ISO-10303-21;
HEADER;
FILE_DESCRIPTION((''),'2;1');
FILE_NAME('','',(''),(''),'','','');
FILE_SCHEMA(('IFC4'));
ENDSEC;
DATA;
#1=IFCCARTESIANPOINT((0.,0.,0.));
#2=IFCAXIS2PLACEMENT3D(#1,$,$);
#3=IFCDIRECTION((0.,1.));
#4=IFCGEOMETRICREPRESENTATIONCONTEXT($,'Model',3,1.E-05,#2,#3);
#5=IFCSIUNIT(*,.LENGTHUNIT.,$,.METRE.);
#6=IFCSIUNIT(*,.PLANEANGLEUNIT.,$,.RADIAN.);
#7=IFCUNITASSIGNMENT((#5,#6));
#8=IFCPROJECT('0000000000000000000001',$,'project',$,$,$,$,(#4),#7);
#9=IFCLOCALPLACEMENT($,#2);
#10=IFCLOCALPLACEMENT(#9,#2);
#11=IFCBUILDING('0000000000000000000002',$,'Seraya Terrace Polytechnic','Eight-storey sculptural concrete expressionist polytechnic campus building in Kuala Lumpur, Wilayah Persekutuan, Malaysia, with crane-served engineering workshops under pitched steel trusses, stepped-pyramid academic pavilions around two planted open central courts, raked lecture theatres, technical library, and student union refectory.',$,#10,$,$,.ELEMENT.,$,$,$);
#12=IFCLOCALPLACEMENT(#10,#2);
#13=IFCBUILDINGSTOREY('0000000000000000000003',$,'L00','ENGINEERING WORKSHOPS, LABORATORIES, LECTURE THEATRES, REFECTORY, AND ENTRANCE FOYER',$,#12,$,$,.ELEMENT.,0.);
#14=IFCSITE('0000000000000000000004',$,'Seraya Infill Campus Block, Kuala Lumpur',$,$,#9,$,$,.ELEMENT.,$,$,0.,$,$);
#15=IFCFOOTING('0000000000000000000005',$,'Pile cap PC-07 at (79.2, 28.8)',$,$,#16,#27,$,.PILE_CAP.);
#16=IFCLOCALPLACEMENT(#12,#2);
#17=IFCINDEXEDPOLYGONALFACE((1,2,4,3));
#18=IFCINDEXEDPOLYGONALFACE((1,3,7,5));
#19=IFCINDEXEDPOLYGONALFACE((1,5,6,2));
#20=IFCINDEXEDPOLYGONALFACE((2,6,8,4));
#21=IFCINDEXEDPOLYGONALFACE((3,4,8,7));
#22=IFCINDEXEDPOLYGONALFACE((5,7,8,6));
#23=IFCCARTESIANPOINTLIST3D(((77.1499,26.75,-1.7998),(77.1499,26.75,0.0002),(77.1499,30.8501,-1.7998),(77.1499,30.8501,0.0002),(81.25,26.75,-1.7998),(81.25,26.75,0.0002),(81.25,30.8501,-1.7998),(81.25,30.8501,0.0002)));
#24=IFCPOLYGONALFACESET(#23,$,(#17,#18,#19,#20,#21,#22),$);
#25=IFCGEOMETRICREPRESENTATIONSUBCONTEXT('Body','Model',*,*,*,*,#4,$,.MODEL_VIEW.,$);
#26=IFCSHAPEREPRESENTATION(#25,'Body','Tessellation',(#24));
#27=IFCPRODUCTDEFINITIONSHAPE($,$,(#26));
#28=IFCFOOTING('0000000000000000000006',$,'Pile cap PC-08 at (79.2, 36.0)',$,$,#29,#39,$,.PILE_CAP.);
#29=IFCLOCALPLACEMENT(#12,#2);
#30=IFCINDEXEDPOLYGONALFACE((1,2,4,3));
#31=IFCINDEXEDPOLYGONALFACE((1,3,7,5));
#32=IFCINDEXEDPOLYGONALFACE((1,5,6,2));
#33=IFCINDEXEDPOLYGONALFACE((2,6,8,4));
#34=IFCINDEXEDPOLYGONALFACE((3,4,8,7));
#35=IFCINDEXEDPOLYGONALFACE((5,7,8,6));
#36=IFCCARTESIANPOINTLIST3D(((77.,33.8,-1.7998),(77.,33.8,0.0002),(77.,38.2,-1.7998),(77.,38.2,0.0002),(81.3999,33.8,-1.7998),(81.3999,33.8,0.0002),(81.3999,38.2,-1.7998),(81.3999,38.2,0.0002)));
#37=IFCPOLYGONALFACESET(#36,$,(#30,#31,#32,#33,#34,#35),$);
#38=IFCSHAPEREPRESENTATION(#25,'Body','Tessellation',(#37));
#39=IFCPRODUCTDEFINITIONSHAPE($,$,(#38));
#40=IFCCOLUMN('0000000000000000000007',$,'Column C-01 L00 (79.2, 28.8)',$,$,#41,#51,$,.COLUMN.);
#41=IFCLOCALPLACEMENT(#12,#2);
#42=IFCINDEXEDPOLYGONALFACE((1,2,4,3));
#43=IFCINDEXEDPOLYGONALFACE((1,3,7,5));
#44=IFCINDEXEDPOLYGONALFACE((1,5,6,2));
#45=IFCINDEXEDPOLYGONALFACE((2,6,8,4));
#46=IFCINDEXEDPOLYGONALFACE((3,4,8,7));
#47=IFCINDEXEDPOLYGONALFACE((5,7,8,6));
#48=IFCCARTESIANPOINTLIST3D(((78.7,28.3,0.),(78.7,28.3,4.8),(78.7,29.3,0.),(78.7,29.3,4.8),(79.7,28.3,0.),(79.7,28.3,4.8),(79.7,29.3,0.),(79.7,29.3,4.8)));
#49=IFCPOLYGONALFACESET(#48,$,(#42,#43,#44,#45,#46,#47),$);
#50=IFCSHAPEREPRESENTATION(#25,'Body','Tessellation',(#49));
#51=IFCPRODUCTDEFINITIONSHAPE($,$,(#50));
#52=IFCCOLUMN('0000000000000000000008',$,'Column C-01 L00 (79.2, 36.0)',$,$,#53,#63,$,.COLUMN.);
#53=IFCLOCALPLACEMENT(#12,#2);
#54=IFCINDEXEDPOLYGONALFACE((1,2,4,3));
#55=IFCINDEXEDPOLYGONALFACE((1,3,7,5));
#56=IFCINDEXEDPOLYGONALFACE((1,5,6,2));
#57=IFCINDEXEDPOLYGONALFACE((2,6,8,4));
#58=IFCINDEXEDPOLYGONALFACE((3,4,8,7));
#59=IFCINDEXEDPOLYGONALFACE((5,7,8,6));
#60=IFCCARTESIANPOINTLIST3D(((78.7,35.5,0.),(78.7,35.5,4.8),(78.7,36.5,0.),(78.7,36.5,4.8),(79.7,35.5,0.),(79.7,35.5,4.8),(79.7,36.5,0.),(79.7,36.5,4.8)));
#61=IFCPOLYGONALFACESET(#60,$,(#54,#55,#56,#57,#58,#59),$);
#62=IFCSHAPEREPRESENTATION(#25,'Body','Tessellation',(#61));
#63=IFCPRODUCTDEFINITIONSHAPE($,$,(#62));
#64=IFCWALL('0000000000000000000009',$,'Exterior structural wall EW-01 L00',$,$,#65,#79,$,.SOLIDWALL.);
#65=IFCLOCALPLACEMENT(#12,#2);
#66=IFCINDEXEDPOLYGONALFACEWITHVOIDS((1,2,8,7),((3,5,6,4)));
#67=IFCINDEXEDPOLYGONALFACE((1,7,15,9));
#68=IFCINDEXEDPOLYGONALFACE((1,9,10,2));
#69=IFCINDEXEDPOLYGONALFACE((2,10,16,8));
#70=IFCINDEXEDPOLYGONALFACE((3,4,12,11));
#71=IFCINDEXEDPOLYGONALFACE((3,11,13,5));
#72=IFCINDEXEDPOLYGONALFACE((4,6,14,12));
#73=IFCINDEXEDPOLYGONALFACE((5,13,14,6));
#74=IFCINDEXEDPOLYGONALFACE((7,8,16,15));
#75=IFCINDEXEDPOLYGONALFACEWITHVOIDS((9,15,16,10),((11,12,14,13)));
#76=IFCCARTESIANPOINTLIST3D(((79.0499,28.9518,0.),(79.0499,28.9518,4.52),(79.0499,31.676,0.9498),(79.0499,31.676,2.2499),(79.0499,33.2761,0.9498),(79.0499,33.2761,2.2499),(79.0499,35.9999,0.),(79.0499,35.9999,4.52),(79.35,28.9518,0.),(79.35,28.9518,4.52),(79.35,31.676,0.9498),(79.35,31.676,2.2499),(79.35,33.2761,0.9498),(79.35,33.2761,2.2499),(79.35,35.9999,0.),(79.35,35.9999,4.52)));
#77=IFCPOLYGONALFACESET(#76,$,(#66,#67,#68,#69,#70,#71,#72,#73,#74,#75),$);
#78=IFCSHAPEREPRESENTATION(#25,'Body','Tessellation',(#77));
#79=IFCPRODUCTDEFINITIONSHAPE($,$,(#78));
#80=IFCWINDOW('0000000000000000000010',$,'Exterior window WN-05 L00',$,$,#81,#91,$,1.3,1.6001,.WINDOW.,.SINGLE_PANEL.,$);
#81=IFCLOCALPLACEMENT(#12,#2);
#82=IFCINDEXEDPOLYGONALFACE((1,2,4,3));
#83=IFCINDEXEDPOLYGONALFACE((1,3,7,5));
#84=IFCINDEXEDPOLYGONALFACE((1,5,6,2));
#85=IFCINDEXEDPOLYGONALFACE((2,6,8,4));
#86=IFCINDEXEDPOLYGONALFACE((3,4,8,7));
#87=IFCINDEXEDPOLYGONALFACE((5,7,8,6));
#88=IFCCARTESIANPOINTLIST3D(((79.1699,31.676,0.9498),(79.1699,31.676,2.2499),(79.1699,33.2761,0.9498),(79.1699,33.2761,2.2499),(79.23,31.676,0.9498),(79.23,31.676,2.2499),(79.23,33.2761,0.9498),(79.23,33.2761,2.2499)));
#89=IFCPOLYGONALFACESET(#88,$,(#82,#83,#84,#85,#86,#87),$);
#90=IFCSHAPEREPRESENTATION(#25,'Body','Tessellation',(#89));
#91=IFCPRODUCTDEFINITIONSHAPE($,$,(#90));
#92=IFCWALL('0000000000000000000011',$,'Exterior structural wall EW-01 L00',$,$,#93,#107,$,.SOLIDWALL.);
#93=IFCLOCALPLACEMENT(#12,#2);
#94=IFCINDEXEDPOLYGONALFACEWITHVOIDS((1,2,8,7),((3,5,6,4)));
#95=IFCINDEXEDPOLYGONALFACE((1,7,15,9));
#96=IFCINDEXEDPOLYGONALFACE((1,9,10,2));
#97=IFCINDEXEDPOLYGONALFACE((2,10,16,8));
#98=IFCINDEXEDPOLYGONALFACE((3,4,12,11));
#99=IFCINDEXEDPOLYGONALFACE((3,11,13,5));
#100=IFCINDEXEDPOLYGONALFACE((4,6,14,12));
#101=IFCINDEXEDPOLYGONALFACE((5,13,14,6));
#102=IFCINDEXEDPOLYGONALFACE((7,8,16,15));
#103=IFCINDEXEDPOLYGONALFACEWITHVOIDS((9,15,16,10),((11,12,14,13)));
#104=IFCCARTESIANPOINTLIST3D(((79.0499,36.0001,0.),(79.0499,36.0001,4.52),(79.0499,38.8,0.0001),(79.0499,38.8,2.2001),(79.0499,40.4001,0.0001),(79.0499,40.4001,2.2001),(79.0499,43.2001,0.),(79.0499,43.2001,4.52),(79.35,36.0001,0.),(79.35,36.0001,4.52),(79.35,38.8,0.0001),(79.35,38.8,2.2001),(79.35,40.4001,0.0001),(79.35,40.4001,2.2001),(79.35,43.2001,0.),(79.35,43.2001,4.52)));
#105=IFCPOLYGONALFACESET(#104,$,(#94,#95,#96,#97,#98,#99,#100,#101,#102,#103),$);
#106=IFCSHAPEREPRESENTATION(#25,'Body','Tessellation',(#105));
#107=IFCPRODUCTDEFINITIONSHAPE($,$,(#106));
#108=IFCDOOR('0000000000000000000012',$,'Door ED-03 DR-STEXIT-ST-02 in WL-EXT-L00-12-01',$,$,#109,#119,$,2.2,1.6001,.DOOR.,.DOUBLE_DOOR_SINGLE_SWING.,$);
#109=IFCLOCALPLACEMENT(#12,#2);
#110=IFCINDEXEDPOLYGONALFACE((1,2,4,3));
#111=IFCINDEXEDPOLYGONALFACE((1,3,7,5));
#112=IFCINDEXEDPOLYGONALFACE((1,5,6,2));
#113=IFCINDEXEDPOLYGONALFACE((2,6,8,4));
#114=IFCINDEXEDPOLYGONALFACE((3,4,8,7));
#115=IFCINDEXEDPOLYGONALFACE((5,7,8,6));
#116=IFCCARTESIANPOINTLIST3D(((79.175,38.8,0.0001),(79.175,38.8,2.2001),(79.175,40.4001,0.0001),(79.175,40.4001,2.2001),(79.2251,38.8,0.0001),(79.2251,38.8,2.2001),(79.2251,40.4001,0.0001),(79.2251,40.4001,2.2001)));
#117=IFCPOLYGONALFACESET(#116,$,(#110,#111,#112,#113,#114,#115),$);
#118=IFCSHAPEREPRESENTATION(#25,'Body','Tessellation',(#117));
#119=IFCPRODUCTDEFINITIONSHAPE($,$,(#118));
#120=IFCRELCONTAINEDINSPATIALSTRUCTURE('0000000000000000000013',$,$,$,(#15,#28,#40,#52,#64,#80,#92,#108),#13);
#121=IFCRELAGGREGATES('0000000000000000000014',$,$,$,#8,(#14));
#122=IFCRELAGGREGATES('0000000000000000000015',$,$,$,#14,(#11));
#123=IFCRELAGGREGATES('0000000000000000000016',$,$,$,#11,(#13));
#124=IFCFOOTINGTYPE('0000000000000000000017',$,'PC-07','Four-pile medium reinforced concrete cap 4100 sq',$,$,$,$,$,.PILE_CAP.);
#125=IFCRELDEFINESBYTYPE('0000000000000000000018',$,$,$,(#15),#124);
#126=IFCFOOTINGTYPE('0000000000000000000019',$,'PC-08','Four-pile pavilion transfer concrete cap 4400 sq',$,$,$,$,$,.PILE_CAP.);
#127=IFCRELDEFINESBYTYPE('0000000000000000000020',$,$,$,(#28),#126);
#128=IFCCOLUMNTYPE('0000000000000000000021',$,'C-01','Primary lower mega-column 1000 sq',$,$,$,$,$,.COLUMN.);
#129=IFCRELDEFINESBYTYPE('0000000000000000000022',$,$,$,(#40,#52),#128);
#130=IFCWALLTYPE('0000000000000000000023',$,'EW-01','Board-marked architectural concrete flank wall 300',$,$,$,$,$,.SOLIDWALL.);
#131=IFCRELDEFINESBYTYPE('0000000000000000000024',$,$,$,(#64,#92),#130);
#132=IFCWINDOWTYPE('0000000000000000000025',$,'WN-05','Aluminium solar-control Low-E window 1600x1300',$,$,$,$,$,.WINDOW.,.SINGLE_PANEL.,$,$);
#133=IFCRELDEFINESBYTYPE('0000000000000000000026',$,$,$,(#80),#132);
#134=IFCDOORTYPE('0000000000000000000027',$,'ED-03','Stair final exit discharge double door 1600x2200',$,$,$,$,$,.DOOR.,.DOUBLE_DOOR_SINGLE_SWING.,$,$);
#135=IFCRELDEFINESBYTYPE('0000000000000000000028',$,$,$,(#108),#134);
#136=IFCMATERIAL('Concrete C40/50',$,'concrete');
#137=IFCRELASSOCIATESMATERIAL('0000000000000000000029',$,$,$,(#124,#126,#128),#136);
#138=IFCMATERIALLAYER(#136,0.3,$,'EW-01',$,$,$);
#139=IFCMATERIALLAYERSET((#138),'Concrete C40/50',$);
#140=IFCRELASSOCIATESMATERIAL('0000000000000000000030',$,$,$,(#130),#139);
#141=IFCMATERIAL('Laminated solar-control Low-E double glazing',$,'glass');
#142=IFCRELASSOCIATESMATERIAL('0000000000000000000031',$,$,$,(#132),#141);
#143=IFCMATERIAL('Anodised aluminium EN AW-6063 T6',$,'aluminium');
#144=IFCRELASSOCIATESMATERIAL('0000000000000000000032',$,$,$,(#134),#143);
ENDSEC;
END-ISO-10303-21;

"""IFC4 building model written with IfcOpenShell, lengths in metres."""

from ifc_helpers import new_model, si_unit, direction, frame, frame_2d, origin, origin_2d, place, context, subcontext, project, spatial, rectangle, extrude, material, layer, layer_set, material_profile, profile_set, type_object, element, fill, save


model = new_model("IFC4")

# Units and contexts
model_context = context("Model", 3, precision=1e-05, world=origin(), true_north=direction((0.0, 1.0)))
body_context = subcontext(model_context, "Body", "Model", "MODEL_VIEW")
ifc_project = project(units=[si_unit("LENGTHUNIT", "METRE"), si_unit("PLANEANGLEUNIT", "RADIAN")], contexts=[model_context])

# Site, building, storey
site_placement = place(None, origin())
site = spatial("IfcSite", under=ifc_project, at=site_placement, Name="Seraya Infill Campus Block, Kuala Lumpur", CompositionType="ELEMENT", RefElevation=0.0)
building_placement = place(site_placement, origin())
building = spatial("IfcBuilding", under=site, at=building_placement, Name="Seraya Terrace Polytechnic", Description="Eight-storey sculptural concrete expressionist polytechnic campus building in Kuala Lumpur, Wilayah Persekutuan, Malaysia, with crane-served engineering workshops under pitched steel trusses, stepped-pyramid academic pavilions around two planted open central courts, raked lecture theatres, technical library, and student union refectory.", CompositionType="ELEMENT")
storey_placement = place(building_placement, origin())
storey = spatial("IfcBuildingStorey", under=building, at=storey_placement, Name="L00", Description="ENGINEERING WORKSHOPS, LABORATORIES, LECTURE THEATRES, REFECTORY, AND ENTRANCE FOYER", CompositionType="ELEMENT", Elevation=0.0)

# Shared definitions
ifc_material_1 = material(Name="Concrete C40/50", Category="concrete")

# Footings
footing_type_1 = type_object("IfcFootingType", Name="PC-07", Description="Four-pile medium reinforced concrete cap 4100 sq", PredefinedType="PILE_CAP", material=ifc_material_1)
footing_1_placement = place(storey_placement, frame((79.2, 28.8, -1.7998), z_axis=(0.0, 0.0, 1.0), x_axis=(1.0, 0.0, 0.0)))
element("IfcFooting", 1, at=footing_1_placement, inside=storey, type_object=footing_type_1, Name="Pile cap PC-07 at (79.2, 28.8)", PredefinedType="PILE_CAP", context=body_context, shape_type="SweptSolid", body=[
    extrude(rectangle(XDim=4.1001, YDim=4.1001, at=origin_2d()), origin(), (0.0, 0.0, 1.0), 1.8),
])
footing_type_2 = type_object("IfcFootingType", Name="PC-08", Description="Four-pile pavilion transfer concrete cap 4400 sq", PredefinedType="PILE_CAP", material=ifc_material_1)
footing_2_placement = place(storey_placement, frame((79.2, 36.0, -1.7998), z_axis=(0.0, 0.0, 1.0), x_axis=(1.0, 0.0, 0.0)))
element("IfcFooting", 2, at=footing_2_placement, inside=storey, type_object=footing_type_2, Name="Pile cap PC-08 at (79.2, 36.0)", PredefinedType="PILE_CAP", context=body_context, shape_type="SweptSolid", body=[
    extrude(rectangle(XDim=4.3999, YDim=4.3999, at=origin_2d()), origin(), (0.0, 0.0, 1.0), 1.8),
])

# Columns
ifc_material_profile_1 = material_profile(ifc_material_1, rectangle(XDim=1.0, YDim=1.0, at=origin_2d()), Name="RC 1000x1000")
ifc_profile_set_1 = profile_set([ifc_material_profile_1], Name="Concrete C40/50")
column_type = type_object("IfcColumnType", Name="C-01", Description="Primary lower mega-column 1000 sq", PredefinedType="COLUMN", material=ifc_profile_set_1)
for number, where, z_axis, x_axis, name in (
    (3, (79.2, 28.8, 0.0), (0.0, 0.0, 1.0), (1.0, 0.0, 0.0), "Column C-01 L00 (79.2, 28.8)"),
    (4, (79.2, 36.0, 0.0), (0.0, 0.0, 1.0), (1.0, 0.0, 0.0), "Column C-01 L00 (79.2, 36.0)"),
):
    element("IfcColumn", number, at=place(storey_placement, frame(where, z_axis=z_axis, x_axis=x_axis)), inside=storey, type_object=column_type, Name=name, PredefinedType="COLUMN", context=body_context, shape_type="SweptSolid", body=[
        extrude(rectangle(XDim=1.0, YDim=1.0, at=origin_2d()), origin(), (0.0, 0.0, 1.0), 4.8),
    ])

# Wall, opening, window
ifc_layer = layer(ifc_material_1, 0.3, Name="EW-01")
ifc_layer_set = layer_set([ifc_layer], Name="Concrete C40/50")
wall_type = type_object("IfcWallType", Name="EW-01", Description="Board-marked architectural concrete flank wall 300", PredefinedType="SOLIDWALL", material=ifc_layer_set)
wall_1_placement = place(storey_placement, frame((79.2, 28.9519, 0.0), z_axis=(0.0, 0.0, 1.0), x_axis=(0.0, 1.0, 0.0)))
wall_1 = element("IfcWall", 5, at=wall_1_placement, inside=storey, type_object=wall_type, Name="Exterior structural wall EW-01 L00", PredefinedType="SOLIDWALL", context=body_context, shape_type="SweptSolid", body=[
    extrude(rectangle(XDim=7.0481, YDim=0.3, at=frame_2d((3.5239, 0.0))), origin(), (0.0, 0.0, 1.0), 4.52),
])
opening_1_placement = place(wall_1_placement, frame((2.7241, 0.0, 0.95)))
opening_1 = element("IfcOpeningElement", 6, at=opening_1_placement, cuts=wall_1, PredefinedType="OPENING", context=body_context, shape_type="SweptSolid", body=[
    extrude(rectangle(XDim=1.6001, YDim=1.3, at=frame_2d((0.8, 0.6499))), frame((0.0, 0.1621, 0.0), z_axis=(0.0, -1.0, 0.0), x_axis=(1.0, 0.0, 0.0)), (0.0, 0.0, 1.0), 0.324),
])
ifc_material_2 = material(Name="Laminated solar-control Low-E double glazing", Category="glass")
window_type = type_object("IfcWindowType", Name="WN-05", Description="Aluminium solar-control Low-E window 1600x1300", PartitioningType="SINGLE_PANEL", PredefinedType="WINDOW", material=ifc_material_2)
window_placement = place(opening_1_placement, origin())
window = element("IfcWindow", 7, at=window_placement, inside=storey, type_object=window_type, Name="Exterior window WN-05 L00", OverallHeight=1.3, OverallWidth=1.6001, PartitioningType="SINGLE_PANEL", PredefinedType="WINDOW", context=body_context, shape_type="SweptSolid", body=[
    extrude(rectangle(XDim=1.6001, YDim=1.3, at=frame_2d((0.8, 0.6499))), frame((0.0, 0.03, 0.0), z_axis=(0.0, -1.0, 0.0), x_axis=(1.0, 0.0, 0.0)), (0.0, 0.0, 1.0), 0.0601),
])
fill(opening_1, window)

# Wall, opening, door
wall_2_placement = place(storey_placement, frame((79.2, 36.0, 0.0), z_axis=(0.0, 0.0, 1.0), x_axis=(0.0, 1.0, 0.0)))
wall_2 = element("IfcWall", 8, at=wall_2_placement, inside=storey, type_object=wall_type, Name="Exterior structural wall EW-01 L00", PredefinedType="SOLIDWALL", context=body_context, shape_type="SweptSolid", body=[
    extrude(rectangle(XDim=7.2, YDim=0.3, at=frame_2d((3.6001, 0.0))), origin(), (0.0, 0.0, 1.0), 4.52),
])
opening_2_placement = place(wall_2_placement, frame((2.8, 0.0, 0.0)))
opening_2 = element("IfcOpeningElement", 9, at=opening_2_placement, cuts=wall_2, PredefinedType="OPENING", context=body_context, shape_type="SweptSolid", body=[
    extrude(rectangle(XDim=1.6001, YDim=2.2, at=frame_2d((0.8, 1.1001))), frame((0.0, 0.1621, 0.0), z_axis=(0.0, -1.0, 0.0), x_axis=(1.0, 0.0, 0.0)), (0.0, 0.0, 1.0), 0.324),
])
ifc_material_3 = material(Name="Anodised aluminium EN AW-6063 T6", Category="aluminium")
door_type = type_object("IfcDoorType", Name="ED-03", Description="Stair final exit discharge double door 1600x2200", OperationType="DOUBLE_DOOR_SINGLE_SWING", PredefinedType="DOOR", material=ifc_material_3)
door_placement = place(opening_2_placement, origin())
door = element("IfcDoor", 10, at=door_placement, inside=storey, type_object=door_type, Name="Door ED-03 DR-STEXIT-ST-02 in WL-EXT-L00-12-01", OperationType="DOUBLE_DOOR_SINGLE_SWING", OverallHeight=2.2, OverallWidth=1.6001, PredefinedType="DOOR", context=body_context, shape_type="SweptSolid", body=[
    extrude(rectangle(XDim=1.6001, YDim=2.2, at=frame_2d((0.8, 1.1001))), frame((0.0, 0.0249, 0.0), z_axis=(0.0, -1.0, 0.0), x_axis=(1.0, 0.0, 0.0)), (0.0, 0.0, 1.0), 0.05),
])
fill(opening_2, door)

save(model, "model.ifc")
